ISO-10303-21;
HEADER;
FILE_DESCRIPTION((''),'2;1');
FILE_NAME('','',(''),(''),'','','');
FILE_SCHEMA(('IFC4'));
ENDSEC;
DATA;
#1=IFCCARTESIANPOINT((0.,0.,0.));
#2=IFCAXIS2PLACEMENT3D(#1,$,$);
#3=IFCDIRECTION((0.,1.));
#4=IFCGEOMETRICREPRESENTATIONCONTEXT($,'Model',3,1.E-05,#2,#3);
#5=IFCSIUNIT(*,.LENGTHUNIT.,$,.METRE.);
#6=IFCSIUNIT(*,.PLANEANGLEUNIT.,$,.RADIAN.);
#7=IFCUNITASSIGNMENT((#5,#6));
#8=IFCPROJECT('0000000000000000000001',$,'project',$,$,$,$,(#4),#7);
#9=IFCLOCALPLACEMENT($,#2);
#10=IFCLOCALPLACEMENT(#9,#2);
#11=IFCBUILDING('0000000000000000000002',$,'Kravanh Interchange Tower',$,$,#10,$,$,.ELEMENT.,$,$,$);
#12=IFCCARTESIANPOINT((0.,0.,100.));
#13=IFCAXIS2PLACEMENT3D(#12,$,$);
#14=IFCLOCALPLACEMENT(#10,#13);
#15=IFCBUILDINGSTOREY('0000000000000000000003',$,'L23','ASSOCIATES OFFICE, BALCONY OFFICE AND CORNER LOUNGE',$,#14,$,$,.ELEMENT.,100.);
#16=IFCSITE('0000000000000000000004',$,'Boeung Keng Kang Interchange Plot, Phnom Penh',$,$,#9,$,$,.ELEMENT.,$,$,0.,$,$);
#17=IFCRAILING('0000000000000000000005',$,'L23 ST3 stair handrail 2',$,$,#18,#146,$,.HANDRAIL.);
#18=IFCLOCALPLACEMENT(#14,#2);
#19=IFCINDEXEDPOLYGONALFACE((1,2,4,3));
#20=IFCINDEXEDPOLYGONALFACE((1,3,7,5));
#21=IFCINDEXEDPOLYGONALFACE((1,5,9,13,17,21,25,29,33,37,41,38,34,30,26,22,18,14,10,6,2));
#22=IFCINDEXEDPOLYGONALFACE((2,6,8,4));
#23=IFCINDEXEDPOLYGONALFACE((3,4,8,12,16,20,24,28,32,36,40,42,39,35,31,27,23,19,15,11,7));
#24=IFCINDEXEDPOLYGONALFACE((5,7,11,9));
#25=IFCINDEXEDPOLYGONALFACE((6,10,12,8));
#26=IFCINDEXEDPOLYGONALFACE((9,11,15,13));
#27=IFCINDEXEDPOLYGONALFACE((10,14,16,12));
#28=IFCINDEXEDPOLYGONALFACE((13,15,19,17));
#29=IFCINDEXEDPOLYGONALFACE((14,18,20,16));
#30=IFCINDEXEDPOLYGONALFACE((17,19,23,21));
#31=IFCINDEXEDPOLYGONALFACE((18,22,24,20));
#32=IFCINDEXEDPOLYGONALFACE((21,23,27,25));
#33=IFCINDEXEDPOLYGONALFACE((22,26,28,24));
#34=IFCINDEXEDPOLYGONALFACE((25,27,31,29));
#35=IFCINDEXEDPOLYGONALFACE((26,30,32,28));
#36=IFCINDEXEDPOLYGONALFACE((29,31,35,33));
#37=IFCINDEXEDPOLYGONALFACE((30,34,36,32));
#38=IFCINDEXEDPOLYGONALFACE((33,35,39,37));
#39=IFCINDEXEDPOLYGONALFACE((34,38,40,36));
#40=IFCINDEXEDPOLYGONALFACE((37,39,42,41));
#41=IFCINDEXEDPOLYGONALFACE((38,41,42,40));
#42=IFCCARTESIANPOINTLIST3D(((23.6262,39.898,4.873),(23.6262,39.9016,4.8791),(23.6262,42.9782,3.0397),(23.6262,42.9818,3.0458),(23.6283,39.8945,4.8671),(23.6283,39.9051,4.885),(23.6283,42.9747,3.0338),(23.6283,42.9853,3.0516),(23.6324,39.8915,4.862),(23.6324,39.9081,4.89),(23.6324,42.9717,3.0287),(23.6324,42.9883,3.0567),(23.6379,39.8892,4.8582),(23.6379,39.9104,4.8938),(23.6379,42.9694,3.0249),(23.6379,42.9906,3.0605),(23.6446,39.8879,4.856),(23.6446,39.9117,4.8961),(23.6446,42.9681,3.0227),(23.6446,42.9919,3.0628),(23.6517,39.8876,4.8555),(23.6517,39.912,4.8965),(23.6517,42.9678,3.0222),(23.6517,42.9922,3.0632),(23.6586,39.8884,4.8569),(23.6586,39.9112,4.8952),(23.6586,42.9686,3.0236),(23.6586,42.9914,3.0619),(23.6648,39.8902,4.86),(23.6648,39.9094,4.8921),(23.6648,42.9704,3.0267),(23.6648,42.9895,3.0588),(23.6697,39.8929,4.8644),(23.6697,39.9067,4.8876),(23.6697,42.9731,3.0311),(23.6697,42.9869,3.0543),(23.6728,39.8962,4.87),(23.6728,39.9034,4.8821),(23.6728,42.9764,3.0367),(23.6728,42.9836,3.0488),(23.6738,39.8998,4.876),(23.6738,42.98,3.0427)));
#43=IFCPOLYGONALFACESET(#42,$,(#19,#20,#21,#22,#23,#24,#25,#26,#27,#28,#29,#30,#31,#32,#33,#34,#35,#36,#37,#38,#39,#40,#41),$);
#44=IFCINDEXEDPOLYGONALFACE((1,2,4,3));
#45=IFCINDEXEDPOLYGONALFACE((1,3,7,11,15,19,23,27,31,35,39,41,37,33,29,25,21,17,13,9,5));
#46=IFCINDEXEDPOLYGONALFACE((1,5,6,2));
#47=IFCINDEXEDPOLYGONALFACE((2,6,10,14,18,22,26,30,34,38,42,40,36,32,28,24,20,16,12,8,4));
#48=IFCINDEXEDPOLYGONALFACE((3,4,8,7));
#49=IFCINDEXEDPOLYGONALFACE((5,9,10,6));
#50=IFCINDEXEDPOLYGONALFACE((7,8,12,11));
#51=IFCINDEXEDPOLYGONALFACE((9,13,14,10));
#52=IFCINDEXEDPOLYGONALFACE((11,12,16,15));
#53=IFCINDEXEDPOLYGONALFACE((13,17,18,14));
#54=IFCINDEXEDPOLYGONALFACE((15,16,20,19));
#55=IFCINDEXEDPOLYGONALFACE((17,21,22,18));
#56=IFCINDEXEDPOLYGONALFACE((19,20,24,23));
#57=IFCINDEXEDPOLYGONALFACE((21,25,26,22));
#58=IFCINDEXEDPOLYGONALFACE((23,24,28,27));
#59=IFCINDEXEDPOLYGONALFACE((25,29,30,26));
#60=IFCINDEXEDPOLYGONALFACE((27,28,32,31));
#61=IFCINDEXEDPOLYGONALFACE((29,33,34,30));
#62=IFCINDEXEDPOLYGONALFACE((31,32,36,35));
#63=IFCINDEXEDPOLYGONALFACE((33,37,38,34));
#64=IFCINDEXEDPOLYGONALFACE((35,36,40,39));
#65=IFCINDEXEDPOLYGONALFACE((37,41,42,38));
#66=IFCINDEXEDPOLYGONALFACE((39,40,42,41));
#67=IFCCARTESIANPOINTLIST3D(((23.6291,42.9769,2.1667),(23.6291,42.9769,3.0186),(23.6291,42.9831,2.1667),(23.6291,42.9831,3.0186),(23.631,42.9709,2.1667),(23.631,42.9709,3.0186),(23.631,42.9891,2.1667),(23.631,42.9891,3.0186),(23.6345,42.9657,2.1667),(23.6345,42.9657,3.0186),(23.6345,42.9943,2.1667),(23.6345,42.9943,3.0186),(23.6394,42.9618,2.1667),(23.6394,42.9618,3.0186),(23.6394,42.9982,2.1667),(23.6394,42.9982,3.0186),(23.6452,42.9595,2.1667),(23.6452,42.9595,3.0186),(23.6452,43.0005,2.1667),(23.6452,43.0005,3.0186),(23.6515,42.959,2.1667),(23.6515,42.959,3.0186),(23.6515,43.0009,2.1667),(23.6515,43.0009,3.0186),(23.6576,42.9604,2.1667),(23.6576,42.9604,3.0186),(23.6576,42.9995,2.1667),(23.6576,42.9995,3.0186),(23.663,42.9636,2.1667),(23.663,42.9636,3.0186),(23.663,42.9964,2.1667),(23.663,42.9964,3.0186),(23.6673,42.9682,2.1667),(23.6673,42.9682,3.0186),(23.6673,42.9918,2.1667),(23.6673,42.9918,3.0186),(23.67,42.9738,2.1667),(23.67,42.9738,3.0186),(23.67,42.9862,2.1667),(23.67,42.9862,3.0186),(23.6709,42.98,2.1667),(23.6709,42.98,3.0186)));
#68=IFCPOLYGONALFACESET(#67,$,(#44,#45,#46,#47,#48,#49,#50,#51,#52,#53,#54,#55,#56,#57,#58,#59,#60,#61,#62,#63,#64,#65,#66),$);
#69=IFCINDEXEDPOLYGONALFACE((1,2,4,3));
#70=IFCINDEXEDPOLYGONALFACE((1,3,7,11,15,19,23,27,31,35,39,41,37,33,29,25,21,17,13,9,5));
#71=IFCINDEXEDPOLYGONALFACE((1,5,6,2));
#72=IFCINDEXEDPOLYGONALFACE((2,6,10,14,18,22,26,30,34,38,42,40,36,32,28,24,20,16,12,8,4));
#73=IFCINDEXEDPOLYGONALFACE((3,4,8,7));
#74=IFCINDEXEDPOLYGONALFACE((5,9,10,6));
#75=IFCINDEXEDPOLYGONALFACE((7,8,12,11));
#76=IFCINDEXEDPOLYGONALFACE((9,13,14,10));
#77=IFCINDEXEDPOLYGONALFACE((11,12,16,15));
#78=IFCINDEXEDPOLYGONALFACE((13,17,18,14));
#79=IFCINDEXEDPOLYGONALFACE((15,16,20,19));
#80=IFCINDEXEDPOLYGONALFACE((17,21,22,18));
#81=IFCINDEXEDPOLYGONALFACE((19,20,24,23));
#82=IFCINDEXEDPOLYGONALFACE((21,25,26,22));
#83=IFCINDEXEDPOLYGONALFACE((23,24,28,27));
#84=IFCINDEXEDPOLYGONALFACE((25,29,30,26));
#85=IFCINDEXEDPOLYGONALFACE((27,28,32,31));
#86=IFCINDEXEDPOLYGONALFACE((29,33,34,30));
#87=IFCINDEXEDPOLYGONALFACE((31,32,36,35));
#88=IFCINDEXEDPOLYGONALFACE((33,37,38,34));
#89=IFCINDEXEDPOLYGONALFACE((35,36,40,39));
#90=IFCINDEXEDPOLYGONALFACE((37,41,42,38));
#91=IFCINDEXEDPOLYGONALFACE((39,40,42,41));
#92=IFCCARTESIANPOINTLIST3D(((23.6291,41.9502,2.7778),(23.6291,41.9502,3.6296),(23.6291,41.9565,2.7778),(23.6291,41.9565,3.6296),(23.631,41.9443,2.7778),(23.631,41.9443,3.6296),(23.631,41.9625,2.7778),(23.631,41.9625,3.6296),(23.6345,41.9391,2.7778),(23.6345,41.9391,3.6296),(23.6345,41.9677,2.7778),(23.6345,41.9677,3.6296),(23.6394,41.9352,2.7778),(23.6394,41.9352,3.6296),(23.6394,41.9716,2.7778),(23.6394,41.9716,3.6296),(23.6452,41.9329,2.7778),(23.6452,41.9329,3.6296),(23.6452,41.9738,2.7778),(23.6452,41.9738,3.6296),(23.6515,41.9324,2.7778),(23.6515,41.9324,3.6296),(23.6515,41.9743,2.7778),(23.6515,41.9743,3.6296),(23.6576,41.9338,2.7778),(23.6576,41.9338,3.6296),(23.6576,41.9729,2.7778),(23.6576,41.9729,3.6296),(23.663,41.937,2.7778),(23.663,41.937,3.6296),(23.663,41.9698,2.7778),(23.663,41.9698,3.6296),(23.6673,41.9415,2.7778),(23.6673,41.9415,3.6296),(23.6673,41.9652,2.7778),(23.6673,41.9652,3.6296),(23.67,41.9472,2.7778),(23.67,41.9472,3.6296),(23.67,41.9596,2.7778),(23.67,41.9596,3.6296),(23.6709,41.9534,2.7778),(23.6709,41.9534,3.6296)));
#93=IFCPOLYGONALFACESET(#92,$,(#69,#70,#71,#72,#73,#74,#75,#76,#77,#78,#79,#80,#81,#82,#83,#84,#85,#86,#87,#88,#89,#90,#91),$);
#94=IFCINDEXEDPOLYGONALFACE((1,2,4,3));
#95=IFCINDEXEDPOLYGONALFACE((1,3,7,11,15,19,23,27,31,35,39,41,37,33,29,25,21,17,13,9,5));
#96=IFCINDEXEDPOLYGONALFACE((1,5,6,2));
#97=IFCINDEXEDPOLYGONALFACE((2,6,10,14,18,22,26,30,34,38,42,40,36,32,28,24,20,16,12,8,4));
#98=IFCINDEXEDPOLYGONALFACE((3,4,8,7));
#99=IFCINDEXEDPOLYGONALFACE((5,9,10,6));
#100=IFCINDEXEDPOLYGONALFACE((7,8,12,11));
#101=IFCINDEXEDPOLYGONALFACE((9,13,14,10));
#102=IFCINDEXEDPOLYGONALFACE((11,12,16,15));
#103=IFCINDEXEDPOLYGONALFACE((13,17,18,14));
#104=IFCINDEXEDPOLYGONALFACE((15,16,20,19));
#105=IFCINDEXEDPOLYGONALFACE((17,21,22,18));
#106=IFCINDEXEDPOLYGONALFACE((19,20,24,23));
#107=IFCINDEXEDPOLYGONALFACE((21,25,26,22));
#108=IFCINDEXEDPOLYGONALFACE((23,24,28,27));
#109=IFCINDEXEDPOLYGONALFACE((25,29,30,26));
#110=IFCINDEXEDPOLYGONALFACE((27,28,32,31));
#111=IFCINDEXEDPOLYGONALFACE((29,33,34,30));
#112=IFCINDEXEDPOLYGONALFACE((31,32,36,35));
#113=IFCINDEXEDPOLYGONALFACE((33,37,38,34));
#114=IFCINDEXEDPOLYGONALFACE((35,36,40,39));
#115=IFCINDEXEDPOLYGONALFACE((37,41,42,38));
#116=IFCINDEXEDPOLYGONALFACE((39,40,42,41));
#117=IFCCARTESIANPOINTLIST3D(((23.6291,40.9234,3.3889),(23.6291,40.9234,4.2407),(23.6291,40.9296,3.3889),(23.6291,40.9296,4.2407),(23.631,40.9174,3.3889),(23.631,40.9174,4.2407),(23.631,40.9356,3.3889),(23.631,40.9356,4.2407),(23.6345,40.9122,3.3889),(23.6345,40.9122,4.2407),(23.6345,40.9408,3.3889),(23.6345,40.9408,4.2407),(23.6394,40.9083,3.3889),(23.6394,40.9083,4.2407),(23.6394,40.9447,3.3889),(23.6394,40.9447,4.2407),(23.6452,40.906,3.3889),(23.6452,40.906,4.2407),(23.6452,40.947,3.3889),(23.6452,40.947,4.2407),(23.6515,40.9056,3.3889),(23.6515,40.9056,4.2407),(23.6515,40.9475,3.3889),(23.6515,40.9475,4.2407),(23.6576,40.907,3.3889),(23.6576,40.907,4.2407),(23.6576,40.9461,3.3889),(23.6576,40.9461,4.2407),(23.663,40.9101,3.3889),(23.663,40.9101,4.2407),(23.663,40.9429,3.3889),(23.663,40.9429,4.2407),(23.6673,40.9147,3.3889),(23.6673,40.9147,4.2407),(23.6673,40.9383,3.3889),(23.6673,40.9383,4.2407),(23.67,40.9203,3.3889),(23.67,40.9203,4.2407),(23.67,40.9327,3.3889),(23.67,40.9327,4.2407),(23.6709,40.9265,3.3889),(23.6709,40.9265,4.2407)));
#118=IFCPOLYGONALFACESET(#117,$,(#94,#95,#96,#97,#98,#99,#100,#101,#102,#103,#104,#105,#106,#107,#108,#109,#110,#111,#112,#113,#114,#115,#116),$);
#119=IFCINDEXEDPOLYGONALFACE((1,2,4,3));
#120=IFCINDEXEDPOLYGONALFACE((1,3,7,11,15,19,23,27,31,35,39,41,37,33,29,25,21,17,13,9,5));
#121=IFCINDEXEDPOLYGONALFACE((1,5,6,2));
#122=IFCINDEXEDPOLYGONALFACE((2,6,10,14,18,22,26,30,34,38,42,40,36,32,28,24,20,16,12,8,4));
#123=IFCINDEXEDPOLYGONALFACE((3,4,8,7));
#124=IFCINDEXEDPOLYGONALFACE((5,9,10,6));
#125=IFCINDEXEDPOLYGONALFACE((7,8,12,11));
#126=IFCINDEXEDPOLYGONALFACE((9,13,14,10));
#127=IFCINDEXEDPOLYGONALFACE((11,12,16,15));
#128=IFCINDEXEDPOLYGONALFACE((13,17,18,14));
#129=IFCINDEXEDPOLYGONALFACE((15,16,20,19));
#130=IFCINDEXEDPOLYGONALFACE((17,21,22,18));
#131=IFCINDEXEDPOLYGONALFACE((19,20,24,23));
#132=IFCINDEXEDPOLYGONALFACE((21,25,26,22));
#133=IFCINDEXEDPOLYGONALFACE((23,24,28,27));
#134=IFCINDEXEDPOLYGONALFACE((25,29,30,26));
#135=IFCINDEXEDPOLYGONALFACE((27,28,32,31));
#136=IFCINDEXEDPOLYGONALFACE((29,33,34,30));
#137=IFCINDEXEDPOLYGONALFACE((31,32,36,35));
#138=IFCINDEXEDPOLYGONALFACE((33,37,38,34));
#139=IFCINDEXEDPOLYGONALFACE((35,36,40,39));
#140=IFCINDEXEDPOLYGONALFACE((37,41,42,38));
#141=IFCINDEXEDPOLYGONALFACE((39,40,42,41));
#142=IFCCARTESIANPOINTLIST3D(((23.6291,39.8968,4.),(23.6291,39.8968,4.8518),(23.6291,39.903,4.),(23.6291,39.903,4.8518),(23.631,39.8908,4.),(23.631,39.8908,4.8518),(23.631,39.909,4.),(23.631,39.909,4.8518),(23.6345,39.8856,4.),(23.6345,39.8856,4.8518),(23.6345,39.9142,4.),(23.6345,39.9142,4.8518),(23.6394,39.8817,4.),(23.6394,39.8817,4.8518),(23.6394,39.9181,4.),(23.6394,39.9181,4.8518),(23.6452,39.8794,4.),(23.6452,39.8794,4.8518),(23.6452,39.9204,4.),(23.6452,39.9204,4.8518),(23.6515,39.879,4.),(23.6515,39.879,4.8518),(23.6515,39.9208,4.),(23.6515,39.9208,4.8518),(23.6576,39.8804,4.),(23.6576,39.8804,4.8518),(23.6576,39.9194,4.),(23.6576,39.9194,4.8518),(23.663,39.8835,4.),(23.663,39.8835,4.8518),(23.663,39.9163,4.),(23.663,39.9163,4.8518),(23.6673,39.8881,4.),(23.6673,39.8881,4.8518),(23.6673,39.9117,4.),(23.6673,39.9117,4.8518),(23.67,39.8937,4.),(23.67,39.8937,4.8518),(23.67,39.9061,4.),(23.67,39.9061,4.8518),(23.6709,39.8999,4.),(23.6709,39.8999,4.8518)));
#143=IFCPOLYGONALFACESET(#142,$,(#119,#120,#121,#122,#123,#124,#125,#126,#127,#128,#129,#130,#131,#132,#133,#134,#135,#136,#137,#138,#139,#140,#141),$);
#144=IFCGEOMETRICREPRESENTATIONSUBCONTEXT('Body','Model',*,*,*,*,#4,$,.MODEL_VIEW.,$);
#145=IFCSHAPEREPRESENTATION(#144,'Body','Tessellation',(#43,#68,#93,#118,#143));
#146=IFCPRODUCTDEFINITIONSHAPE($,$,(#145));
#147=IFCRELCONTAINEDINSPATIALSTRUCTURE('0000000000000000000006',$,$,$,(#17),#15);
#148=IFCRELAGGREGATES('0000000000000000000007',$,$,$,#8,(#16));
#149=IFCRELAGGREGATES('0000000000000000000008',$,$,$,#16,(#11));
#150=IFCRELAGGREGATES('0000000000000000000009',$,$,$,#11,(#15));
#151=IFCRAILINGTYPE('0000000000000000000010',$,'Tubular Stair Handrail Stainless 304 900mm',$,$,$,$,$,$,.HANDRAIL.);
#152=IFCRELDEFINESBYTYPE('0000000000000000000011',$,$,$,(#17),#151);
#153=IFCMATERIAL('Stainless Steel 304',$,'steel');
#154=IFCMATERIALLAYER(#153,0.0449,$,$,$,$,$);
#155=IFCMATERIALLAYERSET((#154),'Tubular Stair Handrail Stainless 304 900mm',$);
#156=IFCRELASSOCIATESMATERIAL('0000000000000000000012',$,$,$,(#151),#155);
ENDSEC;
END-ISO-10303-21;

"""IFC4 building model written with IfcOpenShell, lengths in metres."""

from ifc_helpers import new_model, si_unit, direction, frame, origin, origin_2d, place, context, subcontext, project, spatial, circle, extrude, material, layer, layer_set, type_object, element, save


model = new_model("IFC4")

# Units and contexts
model_context = context("Model", 3, precision=1e-05, world=origin(), true_north=direction((0.0, 1.0)))
body_context = subcontext(model_context, "Body", "Model", "MODEL_VIEW")
ifc_project = project(units=[si_unit("LENGTHUNIT", "METRE"), si_unit("PLANEANGLEUNIT", "RADIAN")], contexts=[model_context])

# Site, building, storey
site_placement = place(None, origin())
site = spatial("IfcSite", under=ifc_project, at=site_placement, Name="Boeung Keng Kang Interchange Plot, Phnom Penh", CompositionType="ELEMENT", RefElevation=0.0)
building_placement = place(site_placement, origin())
building = spatial("IfcBuilding", under=site, at=building_placement, Name="Kravanh Interchange Tower", CompositionType="ELEMENT")
storey_placement = place(building_placement, frame((0.0, 0.0, 100.0)))
storey = spatial("IfcBuildingStorey", under=building, at=storey_placement, Name="L23", Description="ASSOCIATES OFFICE, BALCONY OFFICE AND CORNER LOUNGE", CompositionType="ELEMENT", Elevation=100.0)

# Railing
ifc_material_1 = material(Name="Stainless Steel 304", Category="steel")
ifc_layer_1 = layer(ifc_material_1, 0.0449)
ifc_layer_set_1 = layer_set([ifc_layer_1], Name="Tubular Stair Handrail Stainless 304 900mm")
railing_type_1 = type_object("IfcRailingType", Name="Tubular Stair Handrail Stainless 304 900mm", PredefinedType="HANDRAIL", material=ifc_layer_set_1)
railing_1_placement = place(storey_placement, frame((23.6499, 42.98, 2.1667)))
element("IfcRailing", 1, at=railing_1_placement, inside=storey, type_object=railing_type_1, Name="L23 ST3 stair handrail 2", PredefinedType="HANDRAIL", context=body_context, shape_type="SweptSolid", body=[
    extrude(circle(Radius=0.0239, at=origin_2d()), frame((0.0, 0.0, 0.876), z_axis=(0.0, -0.859309, 0.511458), x_axis=(1.0, 0.0, 0.0)), (0.0, 0.0, 1.0), 3.5845),
    extrude(circle(Radius=0.021, at=origin_2d()), origin(), (0.0, 0.0, 1.0), 0.8518),
    extrude(circle(Radius=0.021, at=origin_2d()), frame((0.0, -1.0266, 0.6111)), (0.0, 0.0, 1.0), 0.8518),
    extrude(circle(Radius=0.021, at=origin_2d()), frame((0.0, -2.0535, 1.2222)), (0.0, 0.0, 1.0), 0.8518),
    extrude(circle(Radius=0.021, at=origin_2d()), frame((0.0, -3.0801, 1.8333)), (0.0, 0.0, 1.0), 0.8518),
])

save(model, "model.ifc")
